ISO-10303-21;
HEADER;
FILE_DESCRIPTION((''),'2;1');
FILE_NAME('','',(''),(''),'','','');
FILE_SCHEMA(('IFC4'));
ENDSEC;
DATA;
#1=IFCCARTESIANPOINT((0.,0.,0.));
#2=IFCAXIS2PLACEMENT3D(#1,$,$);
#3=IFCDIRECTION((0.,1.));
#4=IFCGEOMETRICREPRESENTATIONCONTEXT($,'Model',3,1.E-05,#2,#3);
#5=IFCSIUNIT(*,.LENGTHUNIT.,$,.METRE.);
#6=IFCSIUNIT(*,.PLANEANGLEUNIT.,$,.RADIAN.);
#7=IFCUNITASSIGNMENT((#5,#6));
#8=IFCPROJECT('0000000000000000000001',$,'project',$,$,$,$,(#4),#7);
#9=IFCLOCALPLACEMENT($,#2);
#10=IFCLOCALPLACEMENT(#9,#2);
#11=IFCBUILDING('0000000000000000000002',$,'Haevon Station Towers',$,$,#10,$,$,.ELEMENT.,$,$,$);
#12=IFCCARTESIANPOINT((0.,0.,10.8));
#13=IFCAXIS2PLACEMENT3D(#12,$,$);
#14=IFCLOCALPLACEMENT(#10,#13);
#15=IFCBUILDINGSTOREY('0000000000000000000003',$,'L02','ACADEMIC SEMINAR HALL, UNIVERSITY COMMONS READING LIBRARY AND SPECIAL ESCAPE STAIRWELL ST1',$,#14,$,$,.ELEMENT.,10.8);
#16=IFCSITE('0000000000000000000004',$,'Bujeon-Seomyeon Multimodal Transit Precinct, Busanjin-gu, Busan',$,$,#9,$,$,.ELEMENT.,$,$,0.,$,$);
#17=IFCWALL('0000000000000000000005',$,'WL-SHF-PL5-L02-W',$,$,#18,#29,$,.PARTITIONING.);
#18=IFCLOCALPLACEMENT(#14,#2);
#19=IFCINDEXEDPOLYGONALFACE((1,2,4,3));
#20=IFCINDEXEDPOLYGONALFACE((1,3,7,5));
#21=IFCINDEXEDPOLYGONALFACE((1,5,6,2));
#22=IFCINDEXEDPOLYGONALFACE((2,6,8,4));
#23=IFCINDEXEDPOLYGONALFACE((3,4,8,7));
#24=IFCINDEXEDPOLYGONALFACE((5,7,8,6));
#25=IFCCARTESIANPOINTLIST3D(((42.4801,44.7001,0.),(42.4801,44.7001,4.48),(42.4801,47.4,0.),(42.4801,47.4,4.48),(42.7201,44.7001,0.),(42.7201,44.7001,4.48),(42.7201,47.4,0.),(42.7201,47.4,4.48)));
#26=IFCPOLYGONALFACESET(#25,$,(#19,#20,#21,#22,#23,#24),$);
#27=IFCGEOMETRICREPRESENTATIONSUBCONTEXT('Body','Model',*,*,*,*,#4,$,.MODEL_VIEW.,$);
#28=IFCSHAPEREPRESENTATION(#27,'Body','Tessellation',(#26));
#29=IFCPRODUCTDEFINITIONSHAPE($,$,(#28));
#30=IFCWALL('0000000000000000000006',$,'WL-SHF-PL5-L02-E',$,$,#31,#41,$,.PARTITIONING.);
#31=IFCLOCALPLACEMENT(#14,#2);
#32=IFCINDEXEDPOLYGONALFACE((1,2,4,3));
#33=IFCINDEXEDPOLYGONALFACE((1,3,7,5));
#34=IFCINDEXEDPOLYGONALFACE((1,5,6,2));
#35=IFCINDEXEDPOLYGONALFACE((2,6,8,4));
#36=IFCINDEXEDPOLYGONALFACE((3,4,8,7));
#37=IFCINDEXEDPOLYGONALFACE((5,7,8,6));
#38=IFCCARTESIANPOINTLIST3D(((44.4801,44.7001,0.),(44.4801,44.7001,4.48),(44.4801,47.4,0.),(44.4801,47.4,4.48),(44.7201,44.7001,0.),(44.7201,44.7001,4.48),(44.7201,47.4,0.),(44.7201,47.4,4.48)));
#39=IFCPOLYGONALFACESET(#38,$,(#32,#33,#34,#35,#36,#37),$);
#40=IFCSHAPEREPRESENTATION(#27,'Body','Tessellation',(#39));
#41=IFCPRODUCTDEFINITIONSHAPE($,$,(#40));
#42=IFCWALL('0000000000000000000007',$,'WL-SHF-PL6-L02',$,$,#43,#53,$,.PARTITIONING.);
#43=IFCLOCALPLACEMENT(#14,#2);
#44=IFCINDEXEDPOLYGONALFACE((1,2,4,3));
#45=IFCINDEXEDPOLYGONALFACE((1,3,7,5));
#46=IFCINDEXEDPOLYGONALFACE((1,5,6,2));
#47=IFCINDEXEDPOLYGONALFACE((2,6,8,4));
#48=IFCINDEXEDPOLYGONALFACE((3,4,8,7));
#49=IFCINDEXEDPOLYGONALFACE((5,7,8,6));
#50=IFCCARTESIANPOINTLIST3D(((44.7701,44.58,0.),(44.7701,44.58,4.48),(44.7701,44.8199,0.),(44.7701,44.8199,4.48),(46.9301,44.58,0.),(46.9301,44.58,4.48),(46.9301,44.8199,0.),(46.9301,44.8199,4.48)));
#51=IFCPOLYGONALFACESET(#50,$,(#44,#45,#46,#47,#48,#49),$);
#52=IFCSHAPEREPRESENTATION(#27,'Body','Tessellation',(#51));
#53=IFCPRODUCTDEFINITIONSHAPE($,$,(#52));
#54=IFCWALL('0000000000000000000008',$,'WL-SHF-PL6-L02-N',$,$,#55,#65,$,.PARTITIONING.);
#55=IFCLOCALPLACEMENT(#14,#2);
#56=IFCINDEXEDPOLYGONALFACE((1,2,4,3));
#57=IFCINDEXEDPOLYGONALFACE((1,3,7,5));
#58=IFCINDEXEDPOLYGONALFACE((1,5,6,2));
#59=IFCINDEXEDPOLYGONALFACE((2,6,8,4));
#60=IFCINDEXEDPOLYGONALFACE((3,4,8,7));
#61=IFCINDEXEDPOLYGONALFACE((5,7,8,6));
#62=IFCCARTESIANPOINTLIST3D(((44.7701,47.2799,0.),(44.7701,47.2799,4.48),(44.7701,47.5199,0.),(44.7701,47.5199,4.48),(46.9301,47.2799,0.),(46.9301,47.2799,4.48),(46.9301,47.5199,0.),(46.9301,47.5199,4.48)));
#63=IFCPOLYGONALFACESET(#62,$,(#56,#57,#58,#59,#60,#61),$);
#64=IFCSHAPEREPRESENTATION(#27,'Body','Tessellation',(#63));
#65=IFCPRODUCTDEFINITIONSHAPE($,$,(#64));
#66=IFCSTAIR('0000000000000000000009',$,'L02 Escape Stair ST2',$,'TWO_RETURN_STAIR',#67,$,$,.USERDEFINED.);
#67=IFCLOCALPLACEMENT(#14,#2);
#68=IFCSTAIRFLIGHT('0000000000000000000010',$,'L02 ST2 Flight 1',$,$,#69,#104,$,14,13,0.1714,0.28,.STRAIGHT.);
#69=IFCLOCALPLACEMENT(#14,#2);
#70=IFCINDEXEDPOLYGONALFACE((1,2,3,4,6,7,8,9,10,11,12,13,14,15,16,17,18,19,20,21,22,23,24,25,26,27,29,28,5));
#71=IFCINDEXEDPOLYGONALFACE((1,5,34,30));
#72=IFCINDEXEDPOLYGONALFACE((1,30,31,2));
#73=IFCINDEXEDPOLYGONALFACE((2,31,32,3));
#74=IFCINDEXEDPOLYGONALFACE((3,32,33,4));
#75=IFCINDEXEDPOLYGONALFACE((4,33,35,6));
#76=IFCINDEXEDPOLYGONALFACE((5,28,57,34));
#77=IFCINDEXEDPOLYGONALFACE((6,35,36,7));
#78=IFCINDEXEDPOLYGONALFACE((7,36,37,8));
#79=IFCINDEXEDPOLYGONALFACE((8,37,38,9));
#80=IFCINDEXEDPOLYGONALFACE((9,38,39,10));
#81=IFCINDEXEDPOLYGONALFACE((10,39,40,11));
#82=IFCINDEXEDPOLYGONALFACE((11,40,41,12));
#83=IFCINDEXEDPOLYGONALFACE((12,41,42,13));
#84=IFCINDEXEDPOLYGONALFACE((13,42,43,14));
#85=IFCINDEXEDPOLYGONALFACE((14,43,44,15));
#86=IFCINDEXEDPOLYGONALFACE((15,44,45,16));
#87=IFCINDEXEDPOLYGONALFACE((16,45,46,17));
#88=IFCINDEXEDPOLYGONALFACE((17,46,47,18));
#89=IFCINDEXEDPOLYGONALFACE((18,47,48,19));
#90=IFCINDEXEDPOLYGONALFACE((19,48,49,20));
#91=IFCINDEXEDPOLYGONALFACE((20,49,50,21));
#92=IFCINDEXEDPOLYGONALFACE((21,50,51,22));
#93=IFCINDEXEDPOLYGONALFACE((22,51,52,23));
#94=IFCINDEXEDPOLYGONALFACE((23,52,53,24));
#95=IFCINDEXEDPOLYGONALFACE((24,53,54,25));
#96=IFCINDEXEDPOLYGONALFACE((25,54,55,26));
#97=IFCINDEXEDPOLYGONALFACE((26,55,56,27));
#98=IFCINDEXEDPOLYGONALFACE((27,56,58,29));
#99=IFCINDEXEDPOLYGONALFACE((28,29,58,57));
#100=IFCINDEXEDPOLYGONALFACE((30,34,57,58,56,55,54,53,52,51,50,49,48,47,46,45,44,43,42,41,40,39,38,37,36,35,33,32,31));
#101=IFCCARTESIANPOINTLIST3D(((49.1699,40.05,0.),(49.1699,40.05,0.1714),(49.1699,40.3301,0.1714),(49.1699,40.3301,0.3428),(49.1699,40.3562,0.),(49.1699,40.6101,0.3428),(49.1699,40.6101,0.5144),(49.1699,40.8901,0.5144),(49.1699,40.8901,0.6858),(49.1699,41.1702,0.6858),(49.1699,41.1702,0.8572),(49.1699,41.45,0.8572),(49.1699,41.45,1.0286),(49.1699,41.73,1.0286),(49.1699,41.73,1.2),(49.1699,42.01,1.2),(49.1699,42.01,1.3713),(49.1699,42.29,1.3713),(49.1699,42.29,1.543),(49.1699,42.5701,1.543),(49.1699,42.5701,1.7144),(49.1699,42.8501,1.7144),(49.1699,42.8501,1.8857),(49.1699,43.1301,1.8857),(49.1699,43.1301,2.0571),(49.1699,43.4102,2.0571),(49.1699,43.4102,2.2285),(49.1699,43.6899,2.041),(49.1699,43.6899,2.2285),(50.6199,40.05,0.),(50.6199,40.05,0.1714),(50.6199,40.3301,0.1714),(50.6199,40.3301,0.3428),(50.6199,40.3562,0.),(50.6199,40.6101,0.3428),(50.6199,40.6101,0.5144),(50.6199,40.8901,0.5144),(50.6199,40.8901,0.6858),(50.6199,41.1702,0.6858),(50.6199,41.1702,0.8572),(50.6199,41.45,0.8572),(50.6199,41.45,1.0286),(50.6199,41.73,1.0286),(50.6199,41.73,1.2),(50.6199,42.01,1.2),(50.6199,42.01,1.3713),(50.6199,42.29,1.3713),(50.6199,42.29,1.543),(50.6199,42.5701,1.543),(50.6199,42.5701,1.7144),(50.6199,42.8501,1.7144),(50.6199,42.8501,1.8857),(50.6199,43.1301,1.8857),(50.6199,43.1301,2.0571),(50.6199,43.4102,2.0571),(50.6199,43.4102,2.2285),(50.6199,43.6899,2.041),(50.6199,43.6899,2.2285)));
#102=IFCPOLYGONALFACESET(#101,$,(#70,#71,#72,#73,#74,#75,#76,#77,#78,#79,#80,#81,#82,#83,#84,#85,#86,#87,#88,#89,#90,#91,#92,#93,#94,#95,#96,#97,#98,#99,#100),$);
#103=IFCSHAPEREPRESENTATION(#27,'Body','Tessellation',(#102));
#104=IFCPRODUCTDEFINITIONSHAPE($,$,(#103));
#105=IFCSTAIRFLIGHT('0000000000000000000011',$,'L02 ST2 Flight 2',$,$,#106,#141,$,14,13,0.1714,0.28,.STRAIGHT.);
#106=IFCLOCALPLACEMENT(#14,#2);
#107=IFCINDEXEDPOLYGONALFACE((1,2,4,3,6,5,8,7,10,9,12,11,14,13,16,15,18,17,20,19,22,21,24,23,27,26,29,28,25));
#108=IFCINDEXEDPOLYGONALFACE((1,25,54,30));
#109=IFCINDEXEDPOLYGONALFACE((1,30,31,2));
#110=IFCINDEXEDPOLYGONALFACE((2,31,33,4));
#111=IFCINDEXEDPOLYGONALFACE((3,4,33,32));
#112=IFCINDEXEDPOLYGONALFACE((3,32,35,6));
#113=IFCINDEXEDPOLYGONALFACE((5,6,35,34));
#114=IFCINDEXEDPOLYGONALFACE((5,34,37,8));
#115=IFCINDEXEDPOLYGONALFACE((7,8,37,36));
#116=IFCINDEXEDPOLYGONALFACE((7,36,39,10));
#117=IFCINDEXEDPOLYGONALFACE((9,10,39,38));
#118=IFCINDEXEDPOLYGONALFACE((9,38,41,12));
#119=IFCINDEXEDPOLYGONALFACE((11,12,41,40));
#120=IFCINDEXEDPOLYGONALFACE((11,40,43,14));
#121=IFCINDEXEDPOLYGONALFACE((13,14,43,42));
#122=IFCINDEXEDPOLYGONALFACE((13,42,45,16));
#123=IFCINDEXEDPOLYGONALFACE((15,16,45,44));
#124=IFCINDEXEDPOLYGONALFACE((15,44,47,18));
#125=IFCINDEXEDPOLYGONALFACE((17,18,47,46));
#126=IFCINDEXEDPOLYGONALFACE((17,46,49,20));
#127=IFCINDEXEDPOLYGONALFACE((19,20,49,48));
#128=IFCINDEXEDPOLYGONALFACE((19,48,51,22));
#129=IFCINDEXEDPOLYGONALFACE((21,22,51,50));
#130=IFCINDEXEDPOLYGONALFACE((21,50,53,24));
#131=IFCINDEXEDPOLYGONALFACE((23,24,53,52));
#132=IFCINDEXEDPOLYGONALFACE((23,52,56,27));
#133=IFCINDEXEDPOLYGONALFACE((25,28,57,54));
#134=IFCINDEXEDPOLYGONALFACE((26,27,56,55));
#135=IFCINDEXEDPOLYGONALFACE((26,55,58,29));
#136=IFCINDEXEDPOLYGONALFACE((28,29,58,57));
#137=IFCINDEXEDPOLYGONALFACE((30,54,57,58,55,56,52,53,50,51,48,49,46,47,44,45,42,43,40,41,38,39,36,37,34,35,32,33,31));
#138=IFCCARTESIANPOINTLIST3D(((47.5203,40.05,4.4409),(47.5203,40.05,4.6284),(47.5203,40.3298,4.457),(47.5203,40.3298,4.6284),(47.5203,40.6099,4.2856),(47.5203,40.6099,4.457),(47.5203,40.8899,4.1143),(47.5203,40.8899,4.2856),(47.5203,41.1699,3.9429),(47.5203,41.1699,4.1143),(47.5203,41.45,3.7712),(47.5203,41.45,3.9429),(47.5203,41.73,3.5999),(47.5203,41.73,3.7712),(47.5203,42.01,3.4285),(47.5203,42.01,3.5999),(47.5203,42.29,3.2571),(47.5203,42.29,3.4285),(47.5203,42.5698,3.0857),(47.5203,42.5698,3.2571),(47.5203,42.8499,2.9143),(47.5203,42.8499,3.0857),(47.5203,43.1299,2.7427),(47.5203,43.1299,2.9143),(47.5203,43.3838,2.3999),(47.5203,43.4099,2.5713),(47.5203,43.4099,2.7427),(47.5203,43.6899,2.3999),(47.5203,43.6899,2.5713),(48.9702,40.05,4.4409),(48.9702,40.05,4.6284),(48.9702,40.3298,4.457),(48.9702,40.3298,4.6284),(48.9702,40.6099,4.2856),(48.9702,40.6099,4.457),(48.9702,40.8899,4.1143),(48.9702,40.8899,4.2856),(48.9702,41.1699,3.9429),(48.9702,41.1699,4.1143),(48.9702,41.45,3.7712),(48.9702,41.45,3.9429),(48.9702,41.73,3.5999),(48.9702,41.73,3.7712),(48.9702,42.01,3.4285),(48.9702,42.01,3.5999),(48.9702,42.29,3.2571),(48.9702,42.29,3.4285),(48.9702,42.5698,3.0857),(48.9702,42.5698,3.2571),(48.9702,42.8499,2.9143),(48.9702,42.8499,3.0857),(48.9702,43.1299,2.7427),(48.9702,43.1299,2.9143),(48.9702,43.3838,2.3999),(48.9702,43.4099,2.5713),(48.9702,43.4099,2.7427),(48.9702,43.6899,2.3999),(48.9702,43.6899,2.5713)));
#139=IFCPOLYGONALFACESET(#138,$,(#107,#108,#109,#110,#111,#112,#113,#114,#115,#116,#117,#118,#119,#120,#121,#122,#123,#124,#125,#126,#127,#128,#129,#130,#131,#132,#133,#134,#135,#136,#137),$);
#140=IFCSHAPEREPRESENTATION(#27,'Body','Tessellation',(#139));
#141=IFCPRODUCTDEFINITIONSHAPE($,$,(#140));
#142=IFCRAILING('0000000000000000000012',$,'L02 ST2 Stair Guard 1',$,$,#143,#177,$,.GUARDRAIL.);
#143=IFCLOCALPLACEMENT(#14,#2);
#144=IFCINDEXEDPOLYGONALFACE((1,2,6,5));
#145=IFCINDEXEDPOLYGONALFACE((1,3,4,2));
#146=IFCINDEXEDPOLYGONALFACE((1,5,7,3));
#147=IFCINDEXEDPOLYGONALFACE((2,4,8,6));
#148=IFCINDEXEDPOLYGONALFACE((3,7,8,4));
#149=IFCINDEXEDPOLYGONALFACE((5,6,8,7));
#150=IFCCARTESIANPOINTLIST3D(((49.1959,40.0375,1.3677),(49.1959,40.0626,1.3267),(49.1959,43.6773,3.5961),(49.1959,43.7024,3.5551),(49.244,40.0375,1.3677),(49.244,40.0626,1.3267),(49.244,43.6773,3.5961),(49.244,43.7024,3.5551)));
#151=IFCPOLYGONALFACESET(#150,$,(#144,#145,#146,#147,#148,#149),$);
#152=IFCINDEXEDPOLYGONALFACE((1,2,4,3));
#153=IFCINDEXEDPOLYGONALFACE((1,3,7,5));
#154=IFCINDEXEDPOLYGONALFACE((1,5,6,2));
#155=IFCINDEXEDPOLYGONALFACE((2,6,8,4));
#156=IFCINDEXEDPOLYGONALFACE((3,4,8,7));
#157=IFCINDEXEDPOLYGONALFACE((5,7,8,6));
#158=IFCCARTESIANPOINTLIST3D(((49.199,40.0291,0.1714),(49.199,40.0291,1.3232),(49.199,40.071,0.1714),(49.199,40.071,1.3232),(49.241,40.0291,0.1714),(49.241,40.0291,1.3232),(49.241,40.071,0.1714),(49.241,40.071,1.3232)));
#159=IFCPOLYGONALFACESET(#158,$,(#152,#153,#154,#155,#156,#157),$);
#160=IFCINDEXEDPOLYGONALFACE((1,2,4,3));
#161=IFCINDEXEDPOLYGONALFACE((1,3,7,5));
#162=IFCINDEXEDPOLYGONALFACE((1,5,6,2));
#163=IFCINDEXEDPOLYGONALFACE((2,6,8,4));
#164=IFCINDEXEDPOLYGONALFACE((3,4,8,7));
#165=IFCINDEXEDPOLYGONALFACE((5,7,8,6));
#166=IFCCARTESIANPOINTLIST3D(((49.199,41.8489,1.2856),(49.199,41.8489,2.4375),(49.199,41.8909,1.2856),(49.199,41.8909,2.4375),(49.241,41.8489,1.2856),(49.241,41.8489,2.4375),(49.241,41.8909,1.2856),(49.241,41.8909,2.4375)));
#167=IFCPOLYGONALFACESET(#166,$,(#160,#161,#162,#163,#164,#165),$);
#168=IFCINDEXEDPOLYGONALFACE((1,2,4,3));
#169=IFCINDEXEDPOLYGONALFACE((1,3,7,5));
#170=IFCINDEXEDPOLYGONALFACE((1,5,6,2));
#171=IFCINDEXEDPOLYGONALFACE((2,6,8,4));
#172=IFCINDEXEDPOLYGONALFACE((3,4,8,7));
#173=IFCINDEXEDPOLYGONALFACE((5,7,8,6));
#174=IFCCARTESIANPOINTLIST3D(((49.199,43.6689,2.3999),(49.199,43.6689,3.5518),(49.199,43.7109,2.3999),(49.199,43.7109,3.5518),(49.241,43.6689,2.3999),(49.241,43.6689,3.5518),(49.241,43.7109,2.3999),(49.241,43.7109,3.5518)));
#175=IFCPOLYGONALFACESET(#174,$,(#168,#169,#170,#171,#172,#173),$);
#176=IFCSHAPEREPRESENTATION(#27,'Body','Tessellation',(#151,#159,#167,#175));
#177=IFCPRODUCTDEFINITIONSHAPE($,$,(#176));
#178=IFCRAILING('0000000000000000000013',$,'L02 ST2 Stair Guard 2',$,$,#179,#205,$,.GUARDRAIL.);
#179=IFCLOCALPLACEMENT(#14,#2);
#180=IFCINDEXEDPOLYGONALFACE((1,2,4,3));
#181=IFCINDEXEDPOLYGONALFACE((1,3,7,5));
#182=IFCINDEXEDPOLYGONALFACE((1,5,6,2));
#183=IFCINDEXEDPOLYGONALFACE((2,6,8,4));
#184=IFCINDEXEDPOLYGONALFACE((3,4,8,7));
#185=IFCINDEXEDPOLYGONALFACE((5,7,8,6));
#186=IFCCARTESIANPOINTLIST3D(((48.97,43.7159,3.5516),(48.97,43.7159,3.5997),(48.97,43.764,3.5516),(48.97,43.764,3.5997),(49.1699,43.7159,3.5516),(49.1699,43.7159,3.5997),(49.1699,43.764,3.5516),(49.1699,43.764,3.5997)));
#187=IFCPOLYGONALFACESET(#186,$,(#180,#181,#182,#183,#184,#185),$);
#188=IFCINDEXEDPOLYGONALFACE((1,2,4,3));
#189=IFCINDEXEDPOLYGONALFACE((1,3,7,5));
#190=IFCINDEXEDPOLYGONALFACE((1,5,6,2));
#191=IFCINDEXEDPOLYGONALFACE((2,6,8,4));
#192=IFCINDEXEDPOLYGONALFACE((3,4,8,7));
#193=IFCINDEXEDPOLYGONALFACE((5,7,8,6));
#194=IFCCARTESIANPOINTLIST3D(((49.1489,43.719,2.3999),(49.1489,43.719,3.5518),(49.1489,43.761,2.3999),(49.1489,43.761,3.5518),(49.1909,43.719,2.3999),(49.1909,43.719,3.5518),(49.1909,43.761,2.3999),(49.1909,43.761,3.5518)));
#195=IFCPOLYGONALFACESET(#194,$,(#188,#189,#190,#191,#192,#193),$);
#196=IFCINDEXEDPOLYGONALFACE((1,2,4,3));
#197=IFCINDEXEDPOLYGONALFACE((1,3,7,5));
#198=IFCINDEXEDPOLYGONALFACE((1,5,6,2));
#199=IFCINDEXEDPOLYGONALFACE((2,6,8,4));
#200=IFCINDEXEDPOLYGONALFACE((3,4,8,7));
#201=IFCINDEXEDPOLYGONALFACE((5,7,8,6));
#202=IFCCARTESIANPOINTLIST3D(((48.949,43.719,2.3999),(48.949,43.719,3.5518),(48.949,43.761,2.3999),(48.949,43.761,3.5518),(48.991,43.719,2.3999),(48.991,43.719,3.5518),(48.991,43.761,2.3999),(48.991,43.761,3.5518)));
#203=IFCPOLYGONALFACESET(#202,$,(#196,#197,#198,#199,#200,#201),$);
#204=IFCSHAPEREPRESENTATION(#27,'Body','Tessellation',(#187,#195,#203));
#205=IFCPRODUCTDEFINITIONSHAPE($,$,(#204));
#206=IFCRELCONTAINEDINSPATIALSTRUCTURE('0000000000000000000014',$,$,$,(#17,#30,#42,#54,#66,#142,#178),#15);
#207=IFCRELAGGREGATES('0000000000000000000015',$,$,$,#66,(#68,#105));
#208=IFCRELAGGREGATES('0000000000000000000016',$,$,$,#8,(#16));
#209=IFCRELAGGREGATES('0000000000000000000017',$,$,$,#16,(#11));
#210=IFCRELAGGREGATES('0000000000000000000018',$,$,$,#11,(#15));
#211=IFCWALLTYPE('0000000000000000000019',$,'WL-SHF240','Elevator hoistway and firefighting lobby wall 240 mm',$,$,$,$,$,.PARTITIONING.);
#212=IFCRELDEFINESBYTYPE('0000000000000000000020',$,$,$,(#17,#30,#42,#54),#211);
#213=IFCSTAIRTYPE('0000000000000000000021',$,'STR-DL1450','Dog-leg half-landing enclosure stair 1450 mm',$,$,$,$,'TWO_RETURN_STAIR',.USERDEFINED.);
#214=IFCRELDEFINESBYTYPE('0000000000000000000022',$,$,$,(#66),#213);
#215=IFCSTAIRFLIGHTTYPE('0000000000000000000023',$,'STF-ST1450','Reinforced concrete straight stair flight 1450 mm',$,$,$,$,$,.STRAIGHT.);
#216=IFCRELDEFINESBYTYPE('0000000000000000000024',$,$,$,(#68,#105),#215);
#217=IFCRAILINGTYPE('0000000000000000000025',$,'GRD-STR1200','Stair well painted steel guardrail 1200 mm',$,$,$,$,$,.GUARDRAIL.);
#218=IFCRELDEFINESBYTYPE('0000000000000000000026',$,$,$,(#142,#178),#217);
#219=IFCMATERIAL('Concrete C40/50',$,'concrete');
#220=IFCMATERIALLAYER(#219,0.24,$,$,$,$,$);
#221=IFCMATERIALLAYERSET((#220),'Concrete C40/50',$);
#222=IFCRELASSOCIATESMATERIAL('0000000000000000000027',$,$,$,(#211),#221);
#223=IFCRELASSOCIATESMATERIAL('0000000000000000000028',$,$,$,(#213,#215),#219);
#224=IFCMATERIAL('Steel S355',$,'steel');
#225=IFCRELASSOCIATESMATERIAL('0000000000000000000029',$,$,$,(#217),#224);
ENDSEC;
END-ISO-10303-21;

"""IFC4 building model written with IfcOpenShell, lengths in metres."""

from ifc_helpers import new_model, si_unit, direction, frame, frame_2d, origin, origin_2d, place, context, subcontext, project, spatial, polyline, rectangle, outline, extrude, material, layer, layer_set, type_object, element, aggregate, save


model = new_model("IFC4")

# Units and contexts
model_context = context("Model", 3, precision=1e-05, world=origin(), true_north=direction((0.0, 1.0)))
body_context = subcontext(model_context, "Body", "Model", "MODEL_VIEW")
ifc_project = project(units=[si_unit("LENGTHUNIT", "METRE"), si_unit("PLANEANGLEUNIT", "RADIAN")], contexts=[model_context])

# Site, building, storey
site_placement = place(None, origin())
site = spatial("IfcSite", under=ifc_project, at=site_placement, Name="Bujeon-Seomyeon Multimodal Transit Precinct, Busanjin-gu, Busan", CompositionType="ELEMENT", RefElevation=0.0)
building_placement = place(site_placement, origin())
building = spatial("IfcBuilding", under=site, at=building_placement, Name="Haevon Station Towers", CompositionType="ELEMENT")
storey_placement = place(building_placement, frame((0.0, 0.0, 10.8)))
storey = spatial("IfcBuildingStorey", under=building, at=storey_placement, Name="L02", Description="ACADEMIC SEMINAR HALL, UNIVERSITY COMMONS READING LIBRARY AND SPECIAL ESCAPE STAIRWELL ST1", CompositionType="ELEMENT", Elevation=10.8)

# Shared definitions
ifc_material_1 = material(Name="Steel S355", Category="steel")

# Walls
ifc_material_2 = material(Name="Concrete C40/50", Category="concrete")
ifc_layer = layer(ifc_material_2, 0.24)
ifc_layer_set = layer_set([ifc_layer], Name="Concrete C40/50")
wall_type = type_object("IfcWallType", Name="WL-SHF240", Description="Elevator hoistway and firefighting lobby wall 240 mm", PredefinedType="PARTITIONING", material=ifc_layer_set)
for number, where, z_axis, x_axis, name in (
    (1, (42.6001, 44.7, 0.0), (0.0, 0.0, 1.0), (0.0, 1.0, 0.0), "WL-SHF-PL5-L02-W"),
    (2, (44.6001, 44.7, 0.0), (0.0, 0.0, 1.0), (0.0, 1.0, 0.0), "WL-SHF-PL5-L02-E"),
):
    element("IfcWall", number, at=place(storey_placement, frame(where, z_axis=z_axis, x_axis=x_axis)), inside=storey, type_object=wall_type, Name=name, PredefinedType="PARTITIONING", context=body_context, shape_type="SweptSolid", body=[
        extrude(rectangle(XDim=2.7, YDim=0.24, at=frame_2d((1.3501, 0.0))), origin(), (0.0, 0.0, 1.0), 4.48),
    ])
for number, where, z_axis, x_axis, name in (
    (3, (44.77, 44.7, 0.0), (0.0, 0.0, 1.0), (1.0, 0.0, 0.0), "WL-SHF-PL6-L02"),
    (4, (44.77, 47.3999, 0.0), (0.0, 0.0, 1.0), (1.0, 0.0, 0.0), "WL-SHF-PL6-L02-N"),
):
    element("IfcWall", number, at=place(storey_placement, frame(where, z_axis=z_axis, x_axis=x_axis)), inside=storey, type_object=wall_type, Name=name, PredefinedType="PARTITIONING", context=body_context, shape_type="SweptSolid", body=[
        extrude(rectangle(XDim=2.1599, YDim=0.24, at=frame_2d((1.0801, 0.0))), origin(), (0.0, 0.0, 1.0), 4.48),
    ])

# Stair, stair flights
stair_type = type_object("IfcStairType", Name="STR-DL1450", Description="Dog-leg half-landing enclosure stair 1450 mm", ElementType="TWO_RETURN_STAIR", PredefinedType="USERDEFINED", material=ifc_material_2)
stair_placement = place(storey_placement, origin())
stair = element("IfcStair", 5, at=stair_placement, inside=storey, type_object=stair_type, Name="L02 Escape Stair ST2", ObjectType="TWO_RETURN_STAIR", PredefinedType="USERDEFINED")
stair_flight_type = type_object("IfcStairFlightType", Name="STF-ST1450", Description="Reinforced concrete straight stair flight 1450 mm", PredefinedType="STRAIGHT", material=ifc_material_2)
stair_flight_1_placement = place(storey_placement, frame((49.895, 40.05, 0.0), z_axis=(0.0, 0.0, 1.0), x_axis=(0.0, 1.0, 0.0)))
stair_flight_1 = element("IfcStairFlight", 6, at=stair_flight_1_placement, type_object=stair_flight_type, Name="L02 ST2 Flight 1", NumberOfRisers=14, NumberOfTreads=13, PredefinedType="STRAIGHT", RiserHeight=0.1714, TreadLength=0.28, context=body_context, shape_type="SweptSolid", body=[
    extrude(outline(polyline([(0.0, 0.0), (0.0, 0.1714), (0.28, 0.1714), (0.28, 0.3428), (0.5601, 0.3428), (0.5601, 0.5144), (0.8401, 0.5144), (0.8401, 0.6858), (1.1201, 0.6858), (1.1201, 0.8572), (1.3999, 0.8572), (1.3999, 1.0286), (1.6799, 1.0286), (1.6799, 1.2), (1.96, 1.2), (1.96, 1.3713), (2.24, 1.3713), (2.24, 1.543), (2.52, 1.543), (2.52, 1.7144), (2.8, 1.7144), (2.8, 1.8857), (3.0801, 1.8857), (3.0801, 2.0571), (3.3601, 2.0571), (3.3601, 2.2285), (3.6399, 2.2285), (3.6399, 2.3999), (3.6399, 2.041), (0.3062, 0.0), (0.0, 0.0)])), frame((0.0, 0.7251, 0.0), z_axis=(0.0, -1.0, 0.0), x_axis=(1.0, 0.0, 0.0)), (0.0, 0.0, 1.0), 1.45),
])
stair_flight_2_placement = place(storey_placement, frame((48.2451, 43.6899, 2.3999), z_axis=(0.0, 0.0, 1.0), x_axis=(0.0, -1.0, 0.0)))
stair_flight_2 = element("IfcStairFlight", 7, at=stair_flight_2_placement, type_object=stair_flight_type, Name="L02 ST2 Flight 2", NumberOfRisers=14, NumberOfTreads=13, PredefinedType="STRAIGHT", RiserHeight=0.1714, TreadLength=0.28, context=body_context, shape_type="SweptSolid", body=[
    extrude(outline(polyline([(0.0, 0.0), (0.0, 0.1714), (0.28, 0.1714), (0.28, 0.3428), (0.5601, 0.3428), (0.5601, 0.5144), (0.8401, 0.5144), (0.8401, 0.6858), (1.1201, 0.6858), (1.1201, 0.8572), (1.3999, 0.8572), (1.3999, 1.0286), (1.6799, 1.0286), (1.6799, 1.2), (1.96, 1.2), (1.96, 1.3713), (2.24, 1.3713), (2.24, 1.543), (2.52, 1.543), (2.52, 1.7144), (2.8, 1.7144), (2.8, 1.8857), (3.0801, 1.8857), (3.0801, 2.0571), (3.3601, 2.0571), (3.3601, 2.2285), (3.6399, 2.2285), (3.6399, 2.3999), (3.6399, 2.041), (0.3062, 0.0), (0.0, 0.0)])), frame((0.0, 0.7251, 0.0), z_axis=(0.0, -1.0, 0.0), x_axis=(1.0, 0.0, 0.0)), (0.0, 0.0, 1.0), 1.45),
])
aggregate(stair, [stair_flight_1, stair_flight_2])

# Railings
railing_type_1 = type_object("IfcRailingType", Name="GRD-STR1200", Description="Stair well painted steel guardrail 1200 mm", PredefinedType="GUARDRAIL", material=ifc_material_1)
railing_1_placement = place(storey_placement, frame((49.22, 40.05, 0.1714)))
element("IfcRailing", 8, at=railing_1_placement, inside=storey, type_object=railing_type_1, Name="L02 ST2 Stair Guard 1", PredefinedType="GUARDRAIL", context=body_context, shape_type="SweptSolid", body=[
    extrude(rectangle(XDim=0.0481, YDim=0.0481, at=origin_2d()), frame((0.0, 0.0, 1.1758), z_axis=(0.0, 0.85285, 0.522156), x_axis=(-1.0, 0.0, 0.0)), (0.0, 0.0, 1.0), 4.2678),
    extrude(rectangle(XDim=0.042, YDim=0.042, at=origin_2d()), origin(), (0.0, 0.0, 1.0), 1.1519),
    extrude(rectangle(XDim=0.042, YDim=0.042, at=origin_2d()), frame((0.0, 1.8198, 1.1143)), (0.0, 0.0, 1.0), 1.1519),
    extrude(rectangle(XDim=0.042, YDim=0.042, at=origin_2d()), frame((0.0, 3.6399, 2.2285)), (0.0, 0.0, 1.0), 1.1519),
])
railing_2_placement = place(storey_placement, frame((49.1699, 43.74, 2.3999)))
element("IfcRailing", 9, at=railing_2_placement, inside=storey, type_object=railing_type_1, Name="L02 ST2 Stair Guard 2", PredefinedType="GUARDRAIL", context=body_context, shape_type="SweptSolid", body=[
    extrude(rectangle(XDim=0.0481, YDim=0.0481, at=origin_2d()), frame((0.0, 0.0, 1.1758), z_axis=(-1.0, 0.0, 0.0), x_axis=(0.0, -1.0, 0.0)), (0.0, 0.0, 1.0), 0.2),
    extrude(rectangle(XDim=0.042, YDim=0.042, at=origin_2d()), origin(), (0.0, 0.0, 1.0), 1.1519),
    extrude(rectangle(XDim=0.042, YDim=0.042, at=origin_2d()), frame((-0.2, 0.0, 0.0)), (0.0, 0.0, 1.0), 1.1519),
])

save(model, "model.ifc")
